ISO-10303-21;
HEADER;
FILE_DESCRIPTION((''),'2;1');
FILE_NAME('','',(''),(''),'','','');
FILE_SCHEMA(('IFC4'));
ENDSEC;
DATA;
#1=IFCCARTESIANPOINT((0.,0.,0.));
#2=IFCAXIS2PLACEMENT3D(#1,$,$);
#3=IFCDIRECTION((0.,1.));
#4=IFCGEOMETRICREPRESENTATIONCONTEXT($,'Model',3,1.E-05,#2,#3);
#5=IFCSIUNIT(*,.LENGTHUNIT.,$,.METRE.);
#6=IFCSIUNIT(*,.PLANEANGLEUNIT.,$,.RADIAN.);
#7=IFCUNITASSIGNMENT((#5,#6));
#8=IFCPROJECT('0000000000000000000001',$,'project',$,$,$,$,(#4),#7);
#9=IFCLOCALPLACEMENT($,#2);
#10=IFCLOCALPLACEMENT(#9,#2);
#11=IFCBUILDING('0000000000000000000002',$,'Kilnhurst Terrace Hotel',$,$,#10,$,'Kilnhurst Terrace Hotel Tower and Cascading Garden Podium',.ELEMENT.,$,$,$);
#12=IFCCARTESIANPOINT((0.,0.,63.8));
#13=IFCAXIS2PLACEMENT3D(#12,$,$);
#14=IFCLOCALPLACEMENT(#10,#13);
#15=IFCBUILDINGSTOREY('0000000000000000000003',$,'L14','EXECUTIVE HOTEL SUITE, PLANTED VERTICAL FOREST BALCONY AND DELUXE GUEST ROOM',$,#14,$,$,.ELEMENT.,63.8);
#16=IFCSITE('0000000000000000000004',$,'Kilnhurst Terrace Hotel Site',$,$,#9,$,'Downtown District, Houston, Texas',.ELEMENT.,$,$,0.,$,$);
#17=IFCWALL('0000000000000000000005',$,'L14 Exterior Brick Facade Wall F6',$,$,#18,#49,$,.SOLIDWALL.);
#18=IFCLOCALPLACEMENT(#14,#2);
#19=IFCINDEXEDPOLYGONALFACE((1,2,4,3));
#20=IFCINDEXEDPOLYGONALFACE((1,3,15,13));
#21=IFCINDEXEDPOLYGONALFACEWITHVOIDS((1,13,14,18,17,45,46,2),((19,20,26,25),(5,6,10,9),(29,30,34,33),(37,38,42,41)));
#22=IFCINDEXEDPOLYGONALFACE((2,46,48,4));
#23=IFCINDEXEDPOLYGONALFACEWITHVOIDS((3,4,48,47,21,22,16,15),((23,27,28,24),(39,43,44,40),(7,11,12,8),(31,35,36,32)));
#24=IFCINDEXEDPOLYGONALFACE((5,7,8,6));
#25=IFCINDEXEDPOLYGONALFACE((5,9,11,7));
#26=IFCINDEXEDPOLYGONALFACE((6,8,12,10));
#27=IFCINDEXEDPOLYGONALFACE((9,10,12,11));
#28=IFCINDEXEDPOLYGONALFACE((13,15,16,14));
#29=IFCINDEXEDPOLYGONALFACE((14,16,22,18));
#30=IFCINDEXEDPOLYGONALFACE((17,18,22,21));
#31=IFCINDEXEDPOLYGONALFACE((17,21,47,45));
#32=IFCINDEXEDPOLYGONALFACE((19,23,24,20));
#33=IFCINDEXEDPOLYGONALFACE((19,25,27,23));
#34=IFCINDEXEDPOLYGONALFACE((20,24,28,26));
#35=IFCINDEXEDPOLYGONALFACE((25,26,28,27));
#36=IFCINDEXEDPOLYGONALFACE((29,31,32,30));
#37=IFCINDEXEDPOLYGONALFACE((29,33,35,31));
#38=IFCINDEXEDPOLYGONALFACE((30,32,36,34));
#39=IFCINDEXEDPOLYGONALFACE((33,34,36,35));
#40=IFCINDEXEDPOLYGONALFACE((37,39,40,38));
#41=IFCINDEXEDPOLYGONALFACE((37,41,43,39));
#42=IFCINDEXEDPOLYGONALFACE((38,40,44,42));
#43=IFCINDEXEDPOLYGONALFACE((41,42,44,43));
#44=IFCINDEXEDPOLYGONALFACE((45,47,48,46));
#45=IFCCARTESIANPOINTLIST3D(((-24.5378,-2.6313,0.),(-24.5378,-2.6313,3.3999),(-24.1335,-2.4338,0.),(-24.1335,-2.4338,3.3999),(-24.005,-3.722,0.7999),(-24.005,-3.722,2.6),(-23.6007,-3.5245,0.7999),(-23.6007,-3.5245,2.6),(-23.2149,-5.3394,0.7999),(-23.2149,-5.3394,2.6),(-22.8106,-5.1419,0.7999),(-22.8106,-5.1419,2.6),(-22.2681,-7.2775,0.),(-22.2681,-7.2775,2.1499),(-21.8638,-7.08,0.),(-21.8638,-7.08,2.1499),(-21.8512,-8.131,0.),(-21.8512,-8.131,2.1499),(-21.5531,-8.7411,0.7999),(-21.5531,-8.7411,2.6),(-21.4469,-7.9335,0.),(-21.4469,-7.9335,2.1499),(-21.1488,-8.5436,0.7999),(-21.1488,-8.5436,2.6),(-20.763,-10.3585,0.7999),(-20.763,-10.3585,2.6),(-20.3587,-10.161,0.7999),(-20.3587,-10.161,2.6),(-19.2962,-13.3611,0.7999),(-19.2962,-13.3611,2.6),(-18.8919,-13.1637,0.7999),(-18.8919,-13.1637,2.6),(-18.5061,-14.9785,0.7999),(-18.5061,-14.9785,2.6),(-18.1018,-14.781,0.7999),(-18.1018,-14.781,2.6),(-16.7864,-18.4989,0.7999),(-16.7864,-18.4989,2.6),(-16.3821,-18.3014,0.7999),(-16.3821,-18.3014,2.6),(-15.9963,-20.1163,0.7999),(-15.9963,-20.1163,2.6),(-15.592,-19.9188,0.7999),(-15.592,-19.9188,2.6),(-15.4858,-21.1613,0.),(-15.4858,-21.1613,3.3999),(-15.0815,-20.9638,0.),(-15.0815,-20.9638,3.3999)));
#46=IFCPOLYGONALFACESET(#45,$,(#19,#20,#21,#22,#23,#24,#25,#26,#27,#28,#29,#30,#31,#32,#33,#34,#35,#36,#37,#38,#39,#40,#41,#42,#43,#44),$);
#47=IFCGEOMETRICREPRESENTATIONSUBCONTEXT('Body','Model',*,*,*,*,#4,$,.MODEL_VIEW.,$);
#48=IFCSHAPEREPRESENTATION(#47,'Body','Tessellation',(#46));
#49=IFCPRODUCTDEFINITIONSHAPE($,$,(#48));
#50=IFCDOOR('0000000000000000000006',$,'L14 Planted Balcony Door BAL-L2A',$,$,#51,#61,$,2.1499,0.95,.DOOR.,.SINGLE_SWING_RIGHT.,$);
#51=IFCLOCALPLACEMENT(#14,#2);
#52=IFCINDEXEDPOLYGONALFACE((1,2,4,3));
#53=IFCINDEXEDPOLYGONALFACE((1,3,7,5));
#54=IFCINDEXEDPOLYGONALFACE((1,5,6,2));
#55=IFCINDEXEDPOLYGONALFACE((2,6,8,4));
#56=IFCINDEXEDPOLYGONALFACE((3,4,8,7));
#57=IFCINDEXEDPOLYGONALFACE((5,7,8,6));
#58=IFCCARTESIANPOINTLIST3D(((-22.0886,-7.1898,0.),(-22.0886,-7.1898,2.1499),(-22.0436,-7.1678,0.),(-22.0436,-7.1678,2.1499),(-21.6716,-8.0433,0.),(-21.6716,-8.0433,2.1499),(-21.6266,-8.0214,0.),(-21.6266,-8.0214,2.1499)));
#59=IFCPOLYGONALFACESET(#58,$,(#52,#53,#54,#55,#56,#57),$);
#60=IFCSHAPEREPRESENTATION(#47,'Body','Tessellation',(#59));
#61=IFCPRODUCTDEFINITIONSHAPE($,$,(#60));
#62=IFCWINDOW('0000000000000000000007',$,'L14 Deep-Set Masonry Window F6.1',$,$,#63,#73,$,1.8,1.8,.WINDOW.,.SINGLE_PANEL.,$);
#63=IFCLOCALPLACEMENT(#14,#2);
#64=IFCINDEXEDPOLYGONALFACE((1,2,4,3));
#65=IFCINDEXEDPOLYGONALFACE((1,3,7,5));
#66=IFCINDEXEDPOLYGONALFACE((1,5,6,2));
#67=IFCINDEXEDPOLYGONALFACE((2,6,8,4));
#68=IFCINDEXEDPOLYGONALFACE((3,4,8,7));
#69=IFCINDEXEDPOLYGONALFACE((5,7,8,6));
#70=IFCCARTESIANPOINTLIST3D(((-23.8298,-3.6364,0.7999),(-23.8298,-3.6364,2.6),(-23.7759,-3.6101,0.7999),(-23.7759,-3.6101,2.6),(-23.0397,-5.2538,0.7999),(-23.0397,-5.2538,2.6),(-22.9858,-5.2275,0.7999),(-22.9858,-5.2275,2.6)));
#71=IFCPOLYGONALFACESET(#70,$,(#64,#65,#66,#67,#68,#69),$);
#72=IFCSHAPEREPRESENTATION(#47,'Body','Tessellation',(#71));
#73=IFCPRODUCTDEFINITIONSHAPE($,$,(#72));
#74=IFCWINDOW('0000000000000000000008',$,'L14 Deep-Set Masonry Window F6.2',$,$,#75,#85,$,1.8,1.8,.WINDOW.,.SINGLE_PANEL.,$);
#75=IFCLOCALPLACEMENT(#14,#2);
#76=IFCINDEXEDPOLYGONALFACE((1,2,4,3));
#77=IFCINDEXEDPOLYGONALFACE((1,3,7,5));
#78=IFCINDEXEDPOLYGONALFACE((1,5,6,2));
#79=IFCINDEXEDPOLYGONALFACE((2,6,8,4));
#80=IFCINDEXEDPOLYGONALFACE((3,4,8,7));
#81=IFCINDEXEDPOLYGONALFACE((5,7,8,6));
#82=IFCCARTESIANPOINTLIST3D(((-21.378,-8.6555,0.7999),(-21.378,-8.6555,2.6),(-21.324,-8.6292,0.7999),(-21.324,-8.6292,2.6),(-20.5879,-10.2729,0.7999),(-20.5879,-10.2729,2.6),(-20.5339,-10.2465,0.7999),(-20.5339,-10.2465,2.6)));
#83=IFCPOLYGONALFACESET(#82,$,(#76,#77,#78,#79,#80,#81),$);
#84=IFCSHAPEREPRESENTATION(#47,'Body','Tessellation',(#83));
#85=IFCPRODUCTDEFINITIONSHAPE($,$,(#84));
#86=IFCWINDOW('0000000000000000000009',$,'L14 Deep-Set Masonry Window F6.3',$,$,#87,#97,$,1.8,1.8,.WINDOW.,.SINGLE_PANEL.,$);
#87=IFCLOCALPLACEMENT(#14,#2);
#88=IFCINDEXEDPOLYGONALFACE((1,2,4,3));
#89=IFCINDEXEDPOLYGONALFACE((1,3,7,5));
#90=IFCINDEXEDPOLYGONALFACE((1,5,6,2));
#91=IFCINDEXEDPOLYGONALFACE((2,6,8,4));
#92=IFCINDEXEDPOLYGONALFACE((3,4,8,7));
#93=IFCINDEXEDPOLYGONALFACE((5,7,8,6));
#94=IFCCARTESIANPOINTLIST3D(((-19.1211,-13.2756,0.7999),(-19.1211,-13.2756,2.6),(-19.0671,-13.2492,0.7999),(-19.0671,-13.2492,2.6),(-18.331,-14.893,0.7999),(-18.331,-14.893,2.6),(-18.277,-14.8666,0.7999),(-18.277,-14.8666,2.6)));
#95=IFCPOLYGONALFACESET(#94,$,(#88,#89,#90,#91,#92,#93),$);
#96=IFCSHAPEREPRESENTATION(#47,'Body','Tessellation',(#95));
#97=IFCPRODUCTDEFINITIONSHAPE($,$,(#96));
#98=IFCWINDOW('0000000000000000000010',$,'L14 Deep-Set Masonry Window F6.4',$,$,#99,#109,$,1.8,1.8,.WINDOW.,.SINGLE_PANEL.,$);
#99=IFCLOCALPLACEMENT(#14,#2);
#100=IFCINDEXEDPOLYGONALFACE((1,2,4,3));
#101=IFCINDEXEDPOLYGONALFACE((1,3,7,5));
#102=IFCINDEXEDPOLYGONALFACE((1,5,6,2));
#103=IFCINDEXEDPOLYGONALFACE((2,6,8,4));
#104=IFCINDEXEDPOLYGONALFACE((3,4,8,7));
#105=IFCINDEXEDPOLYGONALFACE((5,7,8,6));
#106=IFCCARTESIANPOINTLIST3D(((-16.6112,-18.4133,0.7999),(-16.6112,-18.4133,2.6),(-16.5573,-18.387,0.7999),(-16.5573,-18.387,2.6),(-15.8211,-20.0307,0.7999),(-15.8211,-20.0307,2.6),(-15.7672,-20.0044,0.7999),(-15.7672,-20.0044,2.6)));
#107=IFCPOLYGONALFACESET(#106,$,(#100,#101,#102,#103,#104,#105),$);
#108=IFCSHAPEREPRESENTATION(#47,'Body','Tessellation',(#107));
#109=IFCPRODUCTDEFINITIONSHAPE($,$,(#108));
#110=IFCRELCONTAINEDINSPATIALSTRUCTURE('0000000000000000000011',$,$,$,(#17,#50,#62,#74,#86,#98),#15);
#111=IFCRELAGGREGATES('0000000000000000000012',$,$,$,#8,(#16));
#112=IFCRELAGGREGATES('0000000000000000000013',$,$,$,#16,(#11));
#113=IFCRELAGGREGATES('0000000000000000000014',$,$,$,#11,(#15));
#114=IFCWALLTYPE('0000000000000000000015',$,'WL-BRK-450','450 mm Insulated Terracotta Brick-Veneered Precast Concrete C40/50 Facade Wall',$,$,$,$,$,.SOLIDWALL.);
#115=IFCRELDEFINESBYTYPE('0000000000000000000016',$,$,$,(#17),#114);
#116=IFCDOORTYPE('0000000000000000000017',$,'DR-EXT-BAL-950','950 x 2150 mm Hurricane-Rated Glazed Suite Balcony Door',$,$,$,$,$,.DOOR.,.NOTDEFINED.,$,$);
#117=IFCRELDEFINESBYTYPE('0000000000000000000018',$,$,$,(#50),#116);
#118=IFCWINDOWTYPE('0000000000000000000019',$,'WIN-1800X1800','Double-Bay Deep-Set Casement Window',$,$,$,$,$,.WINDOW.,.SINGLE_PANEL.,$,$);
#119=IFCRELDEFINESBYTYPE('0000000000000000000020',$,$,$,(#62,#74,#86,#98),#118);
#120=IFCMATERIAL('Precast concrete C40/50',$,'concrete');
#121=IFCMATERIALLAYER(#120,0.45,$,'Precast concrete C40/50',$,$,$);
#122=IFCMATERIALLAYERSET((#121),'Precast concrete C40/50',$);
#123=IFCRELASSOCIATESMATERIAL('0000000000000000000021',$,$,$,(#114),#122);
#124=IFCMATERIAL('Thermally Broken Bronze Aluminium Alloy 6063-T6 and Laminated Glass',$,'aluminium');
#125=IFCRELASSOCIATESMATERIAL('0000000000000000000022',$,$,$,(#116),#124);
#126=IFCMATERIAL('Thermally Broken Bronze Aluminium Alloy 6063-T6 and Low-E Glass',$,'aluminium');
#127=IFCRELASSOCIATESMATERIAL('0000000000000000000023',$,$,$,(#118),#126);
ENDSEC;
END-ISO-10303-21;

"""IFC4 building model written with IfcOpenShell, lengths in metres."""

from ifc_helpers import new_model, si_unit, direction, frame, frame_2d, origin, place, context, subcontext, project, spatial, rectangle, extrude, material, layer, layer_set, type_object, element, fill, save


model = new_model("IFC4")

# Units and contexts
model_context = context("Model", 3, precision=1e-05, world=origin(), true_north=direction((0.0, 1.0)))
body_context = subcontext(model_context, "Body", "Model", "MODEL_VIEW")
ifc_project = project(units=[si_unit("LENGTHUNIT", "METRE"), si_unit("PLANEANGLEUNIT", "RADIAN")], contexts=[model_context])

# Site, building, storey
site_placement = place(None, origin())
site = spatial("IfcSite", under=ifc_project, at=site_placement, Name="Kilnhurst Terrace Hotel Site", LongName="Downtown District, Houston, Texas", CompositionType="ELEMENT", RefElevation=0.0)
building_placement = place(site_placement, origin())
building = spatial("IfcBuilding", under=site, at=building_placement, Name="Kilnhurst Terrace Hotel", LongName="Kilnhurst Terrace Hotel Tower and Cascading Garden Podium", CompositionType="ELEMENT")
storey_placement = place(building_placement, frame((0.0, 0.0, 63.8)))
storey = spatial("IfcBuildingStorey", under=building, at=storey_placement, Name="L14", Description="EXECUTIVE HOTEL SUITE, PLANTED VERTICAL FOREST BALCONY AND DELUXE GUEST ROOM", CompositionType="ELEMENT", Elevation=63.8)

# Wall, openings, door, windows
ifc_material_1 = material(Name="Precast concrete C40/50", Category="concrete")
ifc_layer_1 = layer(ifc_material_1, 0.45, Name="Precast concrete C40/50")
ifc_layer_set_1 = layer_set([ifc_layer_1], Name="Precast concrete C40/50")
wall_type_1 = type_object("IfcWallType", Name="WL-BRK-450", Description="450 mm Insulated Terracotta Brick-Veneered Precast Concrete C40/50 Facade Wall", PredefinedType="SOLIDWALL", material=ifc_layer_set_1)
wall_1_placement = place(storey_placement, frame((-24.3357, -2.5325, 0.0), z_axis=(0.0, 0.0, 1.0), x_axis=(0.438931, -0.898521, 0.0)))
wall_1 = element("IfcWall", 1, at=wall_1_placement, inside=storey, type_object=wall_type_1, Name="L14 Exterior Brick Facade Wall F6", PredefinedType="SOLIDWALL", context=body_context, shape_type="SweptSolid", body=[
    extrude(rectangle(XDim=20.6228, YDim=0.45, at=frame_2d((10.3115, 0.0))), origin(), (0.0, 0.0, 1.0), 3.3999),
])
opening_1_placement = place(wall_1_placement, frame((5.1709, 0.0, 0.0)))
opening_1 = element("IfcOpeningElement", 2, at=opening_1_placement, cuts=wall_1, PredefinedType="OPENING", context=body_context, shape_type="SweptSolid", body=[
    extrude(rectangle(XDim=0.95, YDim=2.1499, at=frame_2d((0.4751, 1.075))), frame((0.0, 0.2349, 0.0), z_axis=(0.0, -1.0, 0.0), x_axis=(1.0, 0.0, 0.0)), (0.0, 0.0, 1.0), 0.47),
])
opening_2_placement = place(wall_1_placement, frame((1.2141, 0.0, 0.8)))
opening_2 = element("IfcOpeningElement", 3, at=opening_2_placement, cuts=wall_1, PredefinedType="OPENING", context=body_context, shape_type="SweptSolid", body=[
    extrude(rectangle(XDim=1.8, YDim=1.8, at=frame_2d((0.8999, 0.8999))), frame((0.0, 0.2349, 0.0), z_axis=(0.0, -1.0, 0.0), x_axis=(1.0, 0.0, 0.0)), (0.0, 0.0, 1.0), 0.47),
])
opening_3_placement = place(wall_1_placement, frame((6.8, 0.0, 0.8)))
opening_3 = element("IfcOpeningElement", 4, at=opening_3_placement, cuts=wall_1, PredefinedType="OPENING", context=body_context, shape_type="SweptSolid", body=[
    extrude(rectangle(XDim=1.8, YDim=1.8, at=frame_2d((0.8999, 0.8999))), frame((0.0, 0.2349, 0.0), z_axis=(0.0, -1.0, 0.0), x_axis=(1.0, 0.0, 0.0)), (0.0, 0.0, 1.0), 0.47),
])
opening_4_placement = place(wall_1_placement, frame((11.9419, 0.0, 0.8)))
opening_4 = element("IfcOpeningElement", 5, at=opening_4_placement, cuts=wall_1, PredefinedType="OPENING", context=body_context, shape_type="SweptSolid", body=[
    extrude(rectangle(XDim=1.8, YDim=1.8, at=frame_2d((0.8999, 0.8999))), frame((0.0, 0.2349, 0.0), z_axis=(0.0, -1.0, 0.0), x_axis=(1.0, 0.0, 0.0)), (0.0, 0.0, 1.0), 0.47),
])
opening_5_placement = place(wall_1_placement, frame((17.6599, 0.0, 0.8)))
opening_5 = element("IfcOpeningElement", 6, at=opening_5_placement, cuts=wall_1, PredefinedType="OPENING", context=body_context, shape_type="SweptSolid", body=[
    extrude(rectangle(XDim=1.8, YDim=1.8, at=frame_2d((0.8999, 0.8999))), frame((0.0, 0.2349, 0.0), z_axis=(0.0, -1.0, 0.0), x_axis=(1.0, 0.0, 0.0)), (0.0, 0.0, 1.0), 0.47),
])
ifc_material_2 = material(Name="Thermally Broken Bronze Aluminium Alloy 6063-T6 and Laminated Glass", Category="aluminium")
door_type_1 = type_object("IfcDoorType", Name="DR-EXT-BAL-950", Description="950 x 2150 mm Hurricane-Rated Glazed Suite Balcony Door", OperationType="NOTDEFINED", PredefinedType="DOOR", material=ifc_material_2)
door_1_placement = place(opening_1_placement, origin())
door_1 = element("IfcDoor", 7, at=door_1_placement, inside=storey, type_object=door_type_1, Name="L14 Planted Balcony Door BAL-L2A", OperationType="SINGLE_SWING_RIGHT", OverallHeight=2.1499, OverallWidth=0.95, PredefinedType="DOOR", context=body_context, shape_type="SweptSolid", body=[
    extrude(rectangle(XDim=0.95, YDim=2.1499, at=frame_2d((0.4751, 1.075))), frame((0.0, 0.0249, 0.0), z_axis=(0.0, -1.0, 0.0), x_axis=(1.0, 0.0, 0.0)), (0.0, 0.0, 1.0), 0.05),
])
fill(opening_1, door_1)
ifc_material_3 = material(Name="Thermally Broken Bronze Aluminium Alloy 6063-T6 and Low-E Glass", Category="aluminium")
window_type = type_object("IfcWindowType", Name="WIN-1800X1800", Description="Double-Bay Deep-Set Casement Window", PartitioningType="SINGLE_PANEL", PredefinedType="WINDOW", material=ifc_material_3)
window_1_placement = place(opening_2_placement, origin())
window_1 = element("IfcWindow", 8, at=window_1_placement, inside=storey, type_object=window_type, Name="L14 Deep-Set Masonry Window F6.1", OverallHeight=1.8, OverallWidth=1.8, PartitioningType="SINGLE_PANEL", PredefinedType="WINDOW", context=body_context, shape_type="SweptSolid", body=[
    extrude(rectangle(XDim=1.8, YDim=1.8, at=frame_2d((0.8999, 0.8999))), frame((0.0, 0.03, 0.0), z_axis=(0.0, -1.0, 0.0), x_axis=(1.0, 0.0, 0.0)), (0.0, 0.0, 1.0), 0.0601),
])
fill(opening_2, window_1)
window_2_placement = place(opening_3_placement, origin())
window_2 = element("IfcWindow", 9, at=window_2_placement, inside=storey, type_object=window_type, Name="L14 Deep-Set Masonry Window F6.2", OverallHeight=1.8, OverallWidth=1.8, PartitioningType="SINGLE_PANEL", PredefinedType="WINDOW", context=body_context, shape_type="SweptSolid", body=[
    extrude(rectangle(XDim=1.8, YDim=1.8, at=frame_2d((0.8999, 0.8999))), frame((0.0, 0.03, 0.0), z_axis=(0.0, -1.0, 0.0), x_axis=(1.0, 0.0, 0.0)), (0.0, 0.0, 1.0), 0.0601),
])
fill(opening_3, window_2)
window_3_placement = place(opening_4_placement, origin())
window_3 = element("IfcWindow", 10, at=window_3_placement, inside=storey, type_object=window_type, Name="L14 Deep-Set Masonry Window F6.3", OverallHeight=1.8, OverallWidth=1.8, PartitioningType="SINGLE_PANEL", PredefinedType="WINDOW", context=body_context, shape_type="SweptSolid", body=[
    extrude(rectangle(XDim=1.8, YDim=1.8, at=frame_2d((0.8999, 0.8999))), frame((0.0, 0.03, 0.0), z_axis=(0.0, -1.0, 0.0), x_axis=(1.0, 0.0, 0.0)), (0.0, 0.0, 1.0), 0.0601),
])
fill(opening_4, window_3)
window_4_placement = place(opening_5_placement, origin())
window_4 = element("IfcWindow", 11, at=window_4_placement, inside=storey, type_object=window_type, Name="L14 Deep-Set Masonry Window F6.4", OverallHeight=1.8, OverallWidth=1.8, PartitioningType="SINGLE_PANEL", PredefinedType="WINDOW", context=body_context, shape_type="SweptSolid", body=[
    extrude(rectangle(XDim=1.8, YDim=1.8, at=frame_2d((0.8999, 0.8999))), frame((0.0, 0.03, 0.0), z_axis=(0.0, -1.0, 0.0), x_axis=(1.0, 0.0, 0.0)), (0.0, 0.0, 1.0), 0.0601),
])
fill(opening_5, window_4)

save(model, "model.ifc")
